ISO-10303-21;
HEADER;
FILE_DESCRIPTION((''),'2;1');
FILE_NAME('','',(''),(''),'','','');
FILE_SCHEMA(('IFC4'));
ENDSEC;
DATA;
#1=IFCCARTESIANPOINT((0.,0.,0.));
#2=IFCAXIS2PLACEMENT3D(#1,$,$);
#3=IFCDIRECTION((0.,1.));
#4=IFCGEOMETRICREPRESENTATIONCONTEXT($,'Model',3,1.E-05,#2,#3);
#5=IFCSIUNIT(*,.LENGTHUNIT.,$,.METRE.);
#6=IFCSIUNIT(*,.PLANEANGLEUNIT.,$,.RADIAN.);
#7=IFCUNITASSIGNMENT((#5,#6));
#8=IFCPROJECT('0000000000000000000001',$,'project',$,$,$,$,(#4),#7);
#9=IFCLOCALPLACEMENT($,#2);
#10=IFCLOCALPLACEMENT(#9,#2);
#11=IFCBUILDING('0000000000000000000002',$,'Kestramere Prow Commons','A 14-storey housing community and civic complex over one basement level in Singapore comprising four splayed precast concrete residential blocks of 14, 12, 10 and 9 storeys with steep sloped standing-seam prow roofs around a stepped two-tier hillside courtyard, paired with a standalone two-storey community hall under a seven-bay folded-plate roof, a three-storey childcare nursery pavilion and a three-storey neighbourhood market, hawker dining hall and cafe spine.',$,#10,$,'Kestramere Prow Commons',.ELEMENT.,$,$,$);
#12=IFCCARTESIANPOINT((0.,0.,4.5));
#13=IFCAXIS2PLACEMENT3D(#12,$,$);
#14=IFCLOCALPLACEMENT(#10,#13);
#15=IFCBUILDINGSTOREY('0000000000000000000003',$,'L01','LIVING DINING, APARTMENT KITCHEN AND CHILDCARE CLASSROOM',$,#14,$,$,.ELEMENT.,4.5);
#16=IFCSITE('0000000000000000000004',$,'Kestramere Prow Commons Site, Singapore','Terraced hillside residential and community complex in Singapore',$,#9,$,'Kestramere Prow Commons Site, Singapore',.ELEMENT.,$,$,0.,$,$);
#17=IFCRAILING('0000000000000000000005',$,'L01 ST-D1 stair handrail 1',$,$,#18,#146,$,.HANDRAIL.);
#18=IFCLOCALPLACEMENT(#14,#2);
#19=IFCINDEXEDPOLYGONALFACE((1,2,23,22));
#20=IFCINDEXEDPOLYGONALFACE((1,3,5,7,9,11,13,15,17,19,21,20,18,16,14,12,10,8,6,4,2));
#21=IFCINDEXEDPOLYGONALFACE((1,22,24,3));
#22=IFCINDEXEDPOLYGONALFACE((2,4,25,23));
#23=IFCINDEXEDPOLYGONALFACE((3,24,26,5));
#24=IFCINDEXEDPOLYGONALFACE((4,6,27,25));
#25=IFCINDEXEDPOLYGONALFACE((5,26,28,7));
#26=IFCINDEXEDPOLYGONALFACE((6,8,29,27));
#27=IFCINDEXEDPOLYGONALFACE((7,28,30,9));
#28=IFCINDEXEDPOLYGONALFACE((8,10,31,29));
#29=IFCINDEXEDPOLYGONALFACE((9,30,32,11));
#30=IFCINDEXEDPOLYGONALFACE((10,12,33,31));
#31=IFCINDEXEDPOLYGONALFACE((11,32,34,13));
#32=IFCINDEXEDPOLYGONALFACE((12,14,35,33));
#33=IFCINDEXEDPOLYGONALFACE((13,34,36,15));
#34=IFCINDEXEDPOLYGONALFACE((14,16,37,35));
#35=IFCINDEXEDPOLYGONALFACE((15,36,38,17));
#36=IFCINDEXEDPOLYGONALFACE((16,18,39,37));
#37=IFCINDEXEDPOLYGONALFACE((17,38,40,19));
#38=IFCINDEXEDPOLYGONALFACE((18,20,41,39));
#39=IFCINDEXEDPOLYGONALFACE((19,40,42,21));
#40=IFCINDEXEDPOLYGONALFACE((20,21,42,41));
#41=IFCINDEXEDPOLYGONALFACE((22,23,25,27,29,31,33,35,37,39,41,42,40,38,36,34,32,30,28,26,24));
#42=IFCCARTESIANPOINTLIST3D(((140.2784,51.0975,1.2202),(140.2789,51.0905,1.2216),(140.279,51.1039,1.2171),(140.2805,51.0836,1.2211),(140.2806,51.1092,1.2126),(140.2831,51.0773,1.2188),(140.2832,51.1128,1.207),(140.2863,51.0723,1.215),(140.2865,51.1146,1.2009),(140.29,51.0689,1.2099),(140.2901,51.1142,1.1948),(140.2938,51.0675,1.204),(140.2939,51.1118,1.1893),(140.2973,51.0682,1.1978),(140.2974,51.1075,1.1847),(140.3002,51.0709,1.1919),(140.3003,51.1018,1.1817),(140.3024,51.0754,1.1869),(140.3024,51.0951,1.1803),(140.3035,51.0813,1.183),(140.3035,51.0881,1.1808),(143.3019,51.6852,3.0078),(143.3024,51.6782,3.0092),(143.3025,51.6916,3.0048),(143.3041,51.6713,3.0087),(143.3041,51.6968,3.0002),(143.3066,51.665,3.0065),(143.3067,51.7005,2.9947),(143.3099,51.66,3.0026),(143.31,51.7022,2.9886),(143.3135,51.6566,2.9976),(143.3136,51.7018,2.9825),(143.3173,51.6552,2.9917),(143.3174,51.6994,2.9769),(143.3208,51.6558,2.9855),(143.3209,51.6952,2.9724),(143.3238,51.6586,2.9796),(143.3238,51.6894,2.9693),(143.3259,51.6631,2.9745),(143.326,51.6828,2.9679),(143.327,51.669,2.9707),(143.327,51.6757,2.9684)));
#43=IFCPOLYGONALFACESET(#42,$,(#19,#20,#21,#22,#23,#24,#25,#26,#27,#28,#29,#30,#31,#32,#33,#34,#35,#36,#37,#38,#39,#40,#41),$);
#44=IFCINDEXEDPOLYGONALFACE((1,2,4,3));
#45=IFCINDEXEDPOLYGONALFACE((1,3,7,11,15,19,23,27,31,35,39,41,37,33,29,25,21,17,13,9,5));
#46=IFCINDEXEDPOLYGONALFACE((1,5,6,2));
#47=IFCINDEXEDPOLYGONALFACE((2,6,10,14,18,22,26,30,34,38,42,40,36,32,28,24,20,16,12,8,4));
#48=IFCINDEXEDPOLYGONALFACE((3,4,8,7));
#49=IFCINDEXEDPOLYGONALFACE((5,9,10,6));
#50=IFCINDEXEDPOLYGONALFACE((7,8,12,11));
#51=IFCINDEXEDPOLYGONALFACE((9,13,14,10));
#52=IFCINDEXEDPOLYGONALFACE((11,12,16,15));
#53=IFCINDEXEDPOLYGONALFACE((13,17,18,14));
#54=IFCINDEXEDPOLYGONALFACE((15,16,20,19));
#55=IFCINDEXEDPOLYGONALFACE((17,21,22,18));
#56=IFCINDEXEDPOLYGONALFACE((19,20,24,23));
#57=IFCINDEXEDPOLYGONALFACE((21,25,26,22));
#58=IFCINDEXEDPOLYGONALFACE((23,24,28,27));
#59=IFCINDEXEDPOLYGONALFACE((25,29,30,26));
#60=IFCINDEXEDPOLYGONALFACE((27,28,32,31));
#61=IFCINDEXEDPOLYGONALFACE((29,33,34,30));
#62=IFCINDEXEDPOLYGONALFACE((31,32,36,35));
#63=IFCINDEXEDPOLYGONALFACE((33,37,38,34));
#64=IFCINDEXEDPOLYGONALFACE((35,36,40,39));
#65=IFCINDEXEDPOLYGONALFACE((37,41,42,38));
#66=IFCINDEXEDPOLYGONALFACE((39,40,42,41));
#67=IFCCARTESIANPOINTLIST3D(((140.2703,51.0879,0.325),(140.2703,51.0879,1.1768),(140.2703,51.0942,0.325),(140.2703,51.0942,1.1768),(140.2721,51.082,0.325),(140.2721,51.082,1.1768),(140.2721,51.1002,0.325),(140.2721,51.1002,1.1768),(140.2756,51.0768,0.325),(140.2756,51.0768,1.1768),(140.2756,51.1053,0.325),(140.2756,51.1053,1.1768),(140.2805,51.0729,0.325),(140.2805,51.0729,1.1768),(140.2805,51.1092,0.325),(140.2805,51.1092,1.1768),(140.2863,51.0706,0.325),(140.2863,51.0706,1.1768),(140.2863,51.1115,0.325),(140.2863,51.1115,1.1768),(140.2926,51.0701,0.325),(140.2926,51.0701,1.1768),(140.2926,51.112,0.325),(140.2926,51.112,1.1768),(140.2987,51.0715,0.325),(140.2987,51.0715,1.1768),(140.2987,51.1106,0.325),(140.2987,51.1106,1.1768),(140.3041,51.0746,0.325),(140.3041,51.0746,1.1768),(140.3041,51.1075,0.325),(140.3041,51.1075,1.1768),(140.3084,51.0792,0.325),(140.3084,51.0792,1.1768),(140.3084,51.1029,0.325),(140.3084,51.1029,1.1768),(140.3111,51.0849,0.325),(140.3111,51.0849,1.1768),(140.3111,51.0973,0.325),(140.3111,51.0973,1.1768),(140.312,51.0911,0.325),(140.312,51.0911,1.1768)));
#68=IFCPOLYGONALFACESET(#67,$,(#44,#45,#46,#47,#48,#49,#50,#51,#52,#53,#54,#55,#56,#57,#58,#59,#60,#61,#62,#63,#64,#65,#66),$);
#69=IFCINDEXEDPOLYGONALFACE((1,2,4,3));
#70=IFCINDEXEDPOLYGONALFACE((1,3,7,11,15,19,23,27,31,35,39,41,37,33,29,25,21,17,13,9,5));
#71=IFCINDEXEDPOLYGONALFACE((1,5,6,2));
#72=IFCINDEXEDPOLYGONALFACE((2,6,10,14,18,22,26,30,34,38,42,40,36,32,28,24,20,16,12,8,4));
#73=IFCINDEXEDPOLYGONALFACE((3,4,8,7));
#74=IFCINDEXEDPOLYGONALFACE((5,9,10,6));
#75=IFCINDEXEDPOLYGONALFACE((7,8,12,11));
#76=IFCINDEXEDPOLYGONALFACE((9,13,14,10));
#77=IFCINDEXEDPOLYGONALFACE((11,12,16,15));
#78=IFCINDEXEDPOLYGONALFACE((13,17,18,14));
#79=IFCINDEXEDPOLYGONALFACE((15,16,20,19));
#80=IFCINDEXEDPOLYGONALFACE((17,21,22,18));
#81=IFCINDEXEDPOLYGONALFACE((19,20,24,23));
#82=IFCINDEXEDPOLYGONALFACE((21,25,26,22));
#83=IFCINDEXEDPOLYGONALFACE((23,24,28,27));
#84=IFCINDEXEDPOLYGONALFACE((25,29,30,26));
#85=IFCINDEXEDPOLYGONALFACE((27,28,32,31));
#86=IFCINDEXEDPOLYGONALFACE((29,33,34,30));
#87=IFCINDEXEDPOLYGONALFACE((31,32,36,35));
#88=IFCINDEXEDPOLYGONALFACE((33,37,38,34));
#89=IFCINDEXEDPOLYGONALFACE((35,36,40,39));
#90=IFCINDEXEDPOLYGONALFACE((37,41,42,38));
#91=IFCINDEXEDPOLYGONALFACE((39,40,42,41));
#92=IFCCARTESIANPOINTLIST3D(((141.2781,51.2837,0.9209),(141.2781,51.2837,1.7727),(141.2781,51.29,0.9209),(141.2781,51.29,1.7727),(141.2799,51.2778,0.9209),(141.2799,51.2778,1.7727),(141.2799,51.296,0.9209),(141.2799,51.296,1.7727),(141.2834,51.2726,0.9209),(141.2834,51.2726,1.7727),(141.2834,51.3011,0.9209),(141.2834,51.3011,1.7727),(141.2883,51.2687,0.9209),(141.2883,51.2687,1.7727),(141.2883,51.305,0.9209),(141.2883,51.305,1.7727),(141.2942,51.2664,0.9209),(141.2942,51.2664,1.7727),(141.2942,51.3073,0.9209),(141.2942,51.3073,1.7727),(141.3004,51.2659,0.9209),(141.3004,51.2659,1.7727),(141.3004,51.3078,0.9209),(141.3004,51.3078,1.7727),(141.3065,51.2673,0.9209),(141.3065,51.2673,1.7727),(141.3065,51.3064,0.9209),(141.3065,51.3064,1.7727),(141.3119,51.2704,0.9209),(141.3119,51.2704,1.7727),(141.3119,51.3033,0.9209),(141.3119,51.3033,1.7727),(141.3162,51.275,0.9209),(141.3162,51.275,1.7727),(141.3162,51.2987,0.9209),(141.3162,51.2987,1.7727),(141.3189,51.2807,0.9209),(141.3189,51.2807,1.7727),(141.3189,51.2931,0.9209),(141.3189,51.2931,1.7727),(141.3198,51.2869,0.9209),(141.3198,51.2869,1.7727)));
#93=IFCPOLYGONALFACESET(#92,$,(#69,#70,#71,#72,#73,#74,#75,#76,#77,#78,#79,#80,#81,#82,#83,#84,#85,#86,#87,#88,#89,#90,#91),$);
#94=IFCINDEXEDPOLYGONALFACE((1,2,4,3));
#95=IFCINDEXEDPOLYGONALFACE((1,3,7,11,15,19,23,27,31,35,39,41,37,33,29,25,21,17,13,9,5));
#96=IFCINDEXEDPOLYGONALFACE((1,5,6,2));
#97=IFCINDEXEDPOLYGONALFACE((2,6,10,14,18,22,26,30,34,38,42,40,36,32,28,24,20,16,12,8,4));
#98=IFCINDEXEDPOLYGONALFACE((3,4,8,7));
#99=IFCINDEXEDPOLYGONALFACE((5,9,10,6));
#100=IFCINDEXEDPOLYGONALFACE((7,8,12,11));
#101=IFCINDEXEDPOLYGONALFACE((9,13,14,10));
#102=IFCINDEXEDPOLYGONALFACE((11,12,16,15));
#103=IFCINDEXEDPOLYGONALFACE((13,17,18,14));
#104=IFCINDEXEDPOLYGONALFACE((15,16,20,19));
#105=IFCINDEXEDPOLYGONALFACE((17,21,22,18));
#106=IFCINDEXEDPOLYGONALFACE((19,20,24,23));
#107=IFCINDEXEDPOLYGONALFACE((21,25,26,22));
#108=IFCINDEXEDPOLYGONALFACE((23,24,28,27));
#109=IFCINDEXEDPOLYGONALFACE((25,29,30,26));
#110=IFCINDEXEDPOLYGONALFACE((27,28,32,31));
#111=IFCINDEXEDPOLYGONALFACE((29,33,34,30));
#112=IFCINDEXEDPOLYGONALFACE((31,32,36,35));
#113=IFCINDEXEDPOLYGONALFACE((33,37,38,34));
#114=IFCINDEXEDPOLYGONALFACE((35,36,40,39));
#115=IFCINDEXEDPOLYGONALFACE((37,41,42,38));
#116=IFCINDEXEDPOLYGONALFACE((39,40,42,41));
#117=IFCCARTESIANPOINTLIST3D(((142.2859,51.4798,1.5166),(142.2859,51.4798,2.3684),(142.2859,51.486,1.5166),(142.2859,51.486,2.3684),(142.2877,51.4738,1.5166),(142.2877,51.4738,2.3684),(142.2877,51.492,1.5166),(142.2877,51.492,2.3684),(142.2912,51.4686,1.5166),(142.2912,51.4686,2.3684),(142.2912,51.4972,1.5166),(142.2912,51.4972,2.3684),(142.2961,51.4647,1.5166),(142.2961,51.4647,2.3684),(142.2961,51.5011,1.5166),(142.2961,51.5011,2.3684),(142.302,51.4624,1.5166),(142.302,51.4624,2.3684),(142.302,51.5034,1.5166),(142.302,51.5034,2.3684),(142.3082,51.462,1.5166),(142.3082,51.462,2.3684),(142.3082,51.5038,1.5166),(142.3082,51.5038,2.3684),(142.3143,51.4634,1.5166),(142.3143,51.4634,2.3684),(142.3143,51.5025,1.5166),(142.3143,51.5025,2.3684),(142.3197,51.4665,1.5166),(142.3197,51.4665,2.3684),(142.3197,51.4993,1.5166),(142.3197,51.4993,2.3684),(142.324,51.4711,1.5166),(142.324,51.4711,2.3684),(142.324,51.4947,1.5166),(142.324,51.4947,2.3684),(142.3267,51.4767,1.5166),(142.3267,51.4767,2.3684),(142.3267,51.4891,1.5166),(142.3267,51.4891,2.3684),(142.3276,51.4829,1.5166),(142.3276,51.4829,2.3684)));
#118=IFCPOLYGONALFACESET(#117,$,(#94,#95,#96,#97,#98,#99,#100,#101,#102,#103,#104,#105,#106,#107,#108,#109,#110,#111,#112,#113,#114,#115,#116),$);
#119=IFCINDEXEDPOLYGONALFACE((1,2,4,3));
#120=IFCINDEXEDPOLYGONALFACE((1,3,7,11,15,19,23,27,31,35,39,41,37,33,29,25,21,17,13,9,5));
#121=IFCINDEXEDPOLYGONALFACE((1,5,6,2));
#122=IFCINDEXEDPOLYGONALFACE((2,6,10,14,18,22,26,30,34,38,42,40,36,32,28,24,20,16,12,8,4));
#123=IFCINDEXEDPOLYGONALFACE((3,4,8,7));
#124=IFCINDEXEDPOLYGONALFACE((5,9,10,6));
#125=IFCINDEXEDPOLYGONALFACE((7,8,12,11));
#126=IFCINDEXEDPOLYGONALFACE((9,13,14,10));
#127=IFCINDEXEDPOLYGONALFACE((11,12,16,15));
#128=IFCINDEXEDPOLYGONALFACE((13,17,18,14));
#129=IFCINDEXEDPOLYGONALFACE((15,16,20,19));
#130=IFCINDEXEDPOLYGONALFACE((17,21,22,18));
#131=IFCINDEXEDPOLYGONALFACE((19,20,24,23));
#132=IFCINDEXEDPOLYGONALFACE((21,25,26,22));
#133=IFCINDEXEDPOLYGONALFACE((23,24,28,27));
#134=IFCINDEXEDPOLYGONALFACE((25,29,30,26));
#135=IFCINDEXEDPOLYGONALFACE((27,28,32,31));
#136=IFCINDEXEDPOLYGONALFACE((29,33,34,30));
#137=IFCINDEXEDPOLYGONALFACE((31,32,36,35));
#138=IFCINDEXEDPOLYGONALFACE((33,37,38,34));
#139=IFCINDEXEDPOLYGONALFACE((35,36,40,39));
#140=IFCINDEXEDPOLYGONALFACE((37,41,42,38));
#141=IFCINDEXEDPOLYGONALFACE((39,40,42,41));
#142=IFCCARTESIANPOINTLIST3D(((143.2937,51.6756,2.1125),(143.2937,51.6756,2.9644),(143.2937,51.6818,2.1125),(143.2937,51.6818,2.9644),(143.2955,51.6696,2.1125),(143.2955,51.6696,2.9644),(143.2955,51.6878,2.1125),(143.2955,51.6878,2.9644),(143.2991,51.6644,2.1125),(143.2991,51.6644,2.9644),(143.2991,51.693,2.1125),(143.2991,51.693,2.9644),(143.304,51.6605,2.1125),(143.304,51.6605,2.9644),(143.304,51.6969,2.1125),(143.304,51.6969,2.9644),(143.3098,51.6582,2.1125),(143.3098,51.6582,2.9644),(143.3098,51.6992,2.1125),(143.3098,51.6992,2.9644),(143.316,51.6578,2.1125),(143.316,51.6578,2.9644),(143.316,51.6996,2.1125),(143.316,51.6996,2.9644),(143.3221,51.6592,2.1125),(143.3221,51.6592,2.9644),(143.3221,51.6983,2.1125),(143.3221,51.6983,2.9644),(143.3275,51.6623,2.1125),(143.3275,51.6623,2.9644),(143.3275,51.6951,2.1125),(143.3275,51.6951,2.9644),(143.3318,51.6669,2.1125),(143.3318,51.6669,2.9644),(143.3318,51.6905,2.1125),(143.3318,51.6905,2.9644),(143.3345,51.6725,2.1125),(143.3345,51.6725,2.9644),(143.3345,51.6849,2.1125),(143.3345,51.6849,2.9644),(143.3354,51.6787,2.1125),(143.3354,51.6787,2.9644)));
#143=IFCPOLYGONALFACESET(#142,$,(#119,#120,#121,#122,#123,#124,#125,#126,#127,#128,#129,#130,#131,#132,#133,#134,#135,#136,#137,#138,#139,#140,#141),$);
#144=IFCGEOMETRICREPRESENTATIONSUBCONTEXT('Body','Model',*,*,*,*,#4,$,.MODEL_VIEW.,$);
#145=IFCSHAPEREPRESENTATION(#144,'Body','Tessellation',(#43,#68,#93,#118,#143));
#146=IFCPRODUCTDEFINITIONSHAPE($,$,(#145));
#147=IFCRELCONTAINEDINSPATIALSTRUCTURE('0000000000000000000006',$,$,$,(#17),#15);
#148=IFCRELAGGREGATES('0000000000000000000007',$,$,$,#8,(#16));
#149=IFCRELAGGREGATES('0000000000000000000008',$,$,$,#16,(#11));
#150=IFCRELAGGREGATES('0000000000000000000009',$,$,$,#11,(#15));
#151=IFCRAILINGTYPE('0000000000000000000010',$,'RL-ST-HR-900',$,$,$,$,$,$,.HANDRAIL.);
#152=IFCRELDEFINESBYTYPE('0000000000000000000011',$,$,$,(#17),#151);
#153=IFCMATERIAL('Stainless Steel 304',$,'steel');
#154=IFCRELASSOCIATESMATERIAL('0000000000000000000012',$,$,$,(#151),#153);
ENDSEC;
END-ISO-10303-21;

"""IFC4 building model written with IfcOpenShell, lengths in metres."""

from ifc_helpers import new_model, si_unit, direction, frame, origin, origin_2d, place, context, subcontext, project, spatial, circle, extrude, material, type_object, element, save


model = new_model("IFC4")

# Units and contexts
model_context = context("Model", 3, precision=1e-05, world=origin(), true_north=direction((0.0, 1.0)))
body_context = subcontext(model_context, "Body", "Model", "MODEL_VIEW")
ifc_project = project(units=[si_unit("LENGTHUNIT", "METRE"), si_unit("PLANEANGLEUNIT", "RADIAN")], contexts=[model_context])

# Site, building, storey
site_placement = place(None, origin())
site = spatial("IfcSite", under=ifc_project, at=site_placement, Name="Kestramere Prow Commons Site, Singapore", Description="Terraced hillside residential and community complex in Singapore", LongName="Kestramere Prow Commons Site, Singapore", CompositionType="ELEMENT", RefElevation=0.0)
building_placement = place(site_placement, origin())
building = spatial("IfcBuilding", under=site, at=building_placement, Name="Kestramere Prow Commons", Description="A 14-storey housing community and civic complex over one basement level in Singapore comprising four splayed precast concrete residential blocks of 14, 12, 10 and 9 storeys with steep sloped standing-seam prow roofs around a stepped two-tier hillside courtyard, paired with a standalone two-storey community hall under a seven-bay folded-plate roof, a three-storey childcare nursery pavilion and a three-storey neighbourhood market, hawker dining hall and cafe spine.", LongName="Kestramere Prow Commons", CompositionType="ELEMENT")
storey_placement = place(building_placement, frame((0.0, 0.0, 4.5)))
storey = spatial("IfcBuildingStorey", under=building, at=storey_placement, Name="L01", Description="LIVING DINING, APARTMENT KITCHEN AND CHILDCARE CLASSROOM", CompositionType="ELEMENT", Elevation=4.5)

# Railing
ifc_material_1 = material(Name="Stainless Steel 304", Category="steel")
railing_type_1 = type_object("IfcRailingType", Name="RL-ST-HR-900", PredefinedType="HANDRAIL", material=ifc_material_1)
railing_1_placement = place(storey_placement, frame((140.291, 51.0911, 0.325)))
element("IfcRailing", 1, at=railing_1_placement, inside=storey, type_object=railing_type_1, Name="L01 ST-D1 stair handrail 1", PredefinedType="HANDRAIL", context=body_context, shape_type="SweptSolid", body=[
    extrude(circle(Radius=0.0239, at=origin_2d()), frame((0.0, 0.0, 0.876), z_axis=(0.848999, 0.165015, 0.501968), x_axis=(-0.190793, 0.98163, 0.0)), (0.0, 0.0, 1.0), 3.5613),
    extrude(circle(Radius=0.021, at=origin_2d()), origin(), (0.0, 0.0, 1.0), 0.8518),
    extrude(circle(Radius=0.021, at=origin_2d()), frame((1.0078, 0.1958, 0.5959)), (0.0, 0.0, 1.0), 0.8518),
    extrude(circle(Radius=0.021, at=origin_2d()), frame((2.0156, 0.3918, 1.1917)), (0.0, 0.0, 1.0), 0.8518),
    extrude(circle(Radius=0.021, at=origin_2d()), frame((3.0234, 0.5876, 1.7876)), (0.0, 0.0, 1.0), 0.8518),
])

save(model, "model.ifc")
